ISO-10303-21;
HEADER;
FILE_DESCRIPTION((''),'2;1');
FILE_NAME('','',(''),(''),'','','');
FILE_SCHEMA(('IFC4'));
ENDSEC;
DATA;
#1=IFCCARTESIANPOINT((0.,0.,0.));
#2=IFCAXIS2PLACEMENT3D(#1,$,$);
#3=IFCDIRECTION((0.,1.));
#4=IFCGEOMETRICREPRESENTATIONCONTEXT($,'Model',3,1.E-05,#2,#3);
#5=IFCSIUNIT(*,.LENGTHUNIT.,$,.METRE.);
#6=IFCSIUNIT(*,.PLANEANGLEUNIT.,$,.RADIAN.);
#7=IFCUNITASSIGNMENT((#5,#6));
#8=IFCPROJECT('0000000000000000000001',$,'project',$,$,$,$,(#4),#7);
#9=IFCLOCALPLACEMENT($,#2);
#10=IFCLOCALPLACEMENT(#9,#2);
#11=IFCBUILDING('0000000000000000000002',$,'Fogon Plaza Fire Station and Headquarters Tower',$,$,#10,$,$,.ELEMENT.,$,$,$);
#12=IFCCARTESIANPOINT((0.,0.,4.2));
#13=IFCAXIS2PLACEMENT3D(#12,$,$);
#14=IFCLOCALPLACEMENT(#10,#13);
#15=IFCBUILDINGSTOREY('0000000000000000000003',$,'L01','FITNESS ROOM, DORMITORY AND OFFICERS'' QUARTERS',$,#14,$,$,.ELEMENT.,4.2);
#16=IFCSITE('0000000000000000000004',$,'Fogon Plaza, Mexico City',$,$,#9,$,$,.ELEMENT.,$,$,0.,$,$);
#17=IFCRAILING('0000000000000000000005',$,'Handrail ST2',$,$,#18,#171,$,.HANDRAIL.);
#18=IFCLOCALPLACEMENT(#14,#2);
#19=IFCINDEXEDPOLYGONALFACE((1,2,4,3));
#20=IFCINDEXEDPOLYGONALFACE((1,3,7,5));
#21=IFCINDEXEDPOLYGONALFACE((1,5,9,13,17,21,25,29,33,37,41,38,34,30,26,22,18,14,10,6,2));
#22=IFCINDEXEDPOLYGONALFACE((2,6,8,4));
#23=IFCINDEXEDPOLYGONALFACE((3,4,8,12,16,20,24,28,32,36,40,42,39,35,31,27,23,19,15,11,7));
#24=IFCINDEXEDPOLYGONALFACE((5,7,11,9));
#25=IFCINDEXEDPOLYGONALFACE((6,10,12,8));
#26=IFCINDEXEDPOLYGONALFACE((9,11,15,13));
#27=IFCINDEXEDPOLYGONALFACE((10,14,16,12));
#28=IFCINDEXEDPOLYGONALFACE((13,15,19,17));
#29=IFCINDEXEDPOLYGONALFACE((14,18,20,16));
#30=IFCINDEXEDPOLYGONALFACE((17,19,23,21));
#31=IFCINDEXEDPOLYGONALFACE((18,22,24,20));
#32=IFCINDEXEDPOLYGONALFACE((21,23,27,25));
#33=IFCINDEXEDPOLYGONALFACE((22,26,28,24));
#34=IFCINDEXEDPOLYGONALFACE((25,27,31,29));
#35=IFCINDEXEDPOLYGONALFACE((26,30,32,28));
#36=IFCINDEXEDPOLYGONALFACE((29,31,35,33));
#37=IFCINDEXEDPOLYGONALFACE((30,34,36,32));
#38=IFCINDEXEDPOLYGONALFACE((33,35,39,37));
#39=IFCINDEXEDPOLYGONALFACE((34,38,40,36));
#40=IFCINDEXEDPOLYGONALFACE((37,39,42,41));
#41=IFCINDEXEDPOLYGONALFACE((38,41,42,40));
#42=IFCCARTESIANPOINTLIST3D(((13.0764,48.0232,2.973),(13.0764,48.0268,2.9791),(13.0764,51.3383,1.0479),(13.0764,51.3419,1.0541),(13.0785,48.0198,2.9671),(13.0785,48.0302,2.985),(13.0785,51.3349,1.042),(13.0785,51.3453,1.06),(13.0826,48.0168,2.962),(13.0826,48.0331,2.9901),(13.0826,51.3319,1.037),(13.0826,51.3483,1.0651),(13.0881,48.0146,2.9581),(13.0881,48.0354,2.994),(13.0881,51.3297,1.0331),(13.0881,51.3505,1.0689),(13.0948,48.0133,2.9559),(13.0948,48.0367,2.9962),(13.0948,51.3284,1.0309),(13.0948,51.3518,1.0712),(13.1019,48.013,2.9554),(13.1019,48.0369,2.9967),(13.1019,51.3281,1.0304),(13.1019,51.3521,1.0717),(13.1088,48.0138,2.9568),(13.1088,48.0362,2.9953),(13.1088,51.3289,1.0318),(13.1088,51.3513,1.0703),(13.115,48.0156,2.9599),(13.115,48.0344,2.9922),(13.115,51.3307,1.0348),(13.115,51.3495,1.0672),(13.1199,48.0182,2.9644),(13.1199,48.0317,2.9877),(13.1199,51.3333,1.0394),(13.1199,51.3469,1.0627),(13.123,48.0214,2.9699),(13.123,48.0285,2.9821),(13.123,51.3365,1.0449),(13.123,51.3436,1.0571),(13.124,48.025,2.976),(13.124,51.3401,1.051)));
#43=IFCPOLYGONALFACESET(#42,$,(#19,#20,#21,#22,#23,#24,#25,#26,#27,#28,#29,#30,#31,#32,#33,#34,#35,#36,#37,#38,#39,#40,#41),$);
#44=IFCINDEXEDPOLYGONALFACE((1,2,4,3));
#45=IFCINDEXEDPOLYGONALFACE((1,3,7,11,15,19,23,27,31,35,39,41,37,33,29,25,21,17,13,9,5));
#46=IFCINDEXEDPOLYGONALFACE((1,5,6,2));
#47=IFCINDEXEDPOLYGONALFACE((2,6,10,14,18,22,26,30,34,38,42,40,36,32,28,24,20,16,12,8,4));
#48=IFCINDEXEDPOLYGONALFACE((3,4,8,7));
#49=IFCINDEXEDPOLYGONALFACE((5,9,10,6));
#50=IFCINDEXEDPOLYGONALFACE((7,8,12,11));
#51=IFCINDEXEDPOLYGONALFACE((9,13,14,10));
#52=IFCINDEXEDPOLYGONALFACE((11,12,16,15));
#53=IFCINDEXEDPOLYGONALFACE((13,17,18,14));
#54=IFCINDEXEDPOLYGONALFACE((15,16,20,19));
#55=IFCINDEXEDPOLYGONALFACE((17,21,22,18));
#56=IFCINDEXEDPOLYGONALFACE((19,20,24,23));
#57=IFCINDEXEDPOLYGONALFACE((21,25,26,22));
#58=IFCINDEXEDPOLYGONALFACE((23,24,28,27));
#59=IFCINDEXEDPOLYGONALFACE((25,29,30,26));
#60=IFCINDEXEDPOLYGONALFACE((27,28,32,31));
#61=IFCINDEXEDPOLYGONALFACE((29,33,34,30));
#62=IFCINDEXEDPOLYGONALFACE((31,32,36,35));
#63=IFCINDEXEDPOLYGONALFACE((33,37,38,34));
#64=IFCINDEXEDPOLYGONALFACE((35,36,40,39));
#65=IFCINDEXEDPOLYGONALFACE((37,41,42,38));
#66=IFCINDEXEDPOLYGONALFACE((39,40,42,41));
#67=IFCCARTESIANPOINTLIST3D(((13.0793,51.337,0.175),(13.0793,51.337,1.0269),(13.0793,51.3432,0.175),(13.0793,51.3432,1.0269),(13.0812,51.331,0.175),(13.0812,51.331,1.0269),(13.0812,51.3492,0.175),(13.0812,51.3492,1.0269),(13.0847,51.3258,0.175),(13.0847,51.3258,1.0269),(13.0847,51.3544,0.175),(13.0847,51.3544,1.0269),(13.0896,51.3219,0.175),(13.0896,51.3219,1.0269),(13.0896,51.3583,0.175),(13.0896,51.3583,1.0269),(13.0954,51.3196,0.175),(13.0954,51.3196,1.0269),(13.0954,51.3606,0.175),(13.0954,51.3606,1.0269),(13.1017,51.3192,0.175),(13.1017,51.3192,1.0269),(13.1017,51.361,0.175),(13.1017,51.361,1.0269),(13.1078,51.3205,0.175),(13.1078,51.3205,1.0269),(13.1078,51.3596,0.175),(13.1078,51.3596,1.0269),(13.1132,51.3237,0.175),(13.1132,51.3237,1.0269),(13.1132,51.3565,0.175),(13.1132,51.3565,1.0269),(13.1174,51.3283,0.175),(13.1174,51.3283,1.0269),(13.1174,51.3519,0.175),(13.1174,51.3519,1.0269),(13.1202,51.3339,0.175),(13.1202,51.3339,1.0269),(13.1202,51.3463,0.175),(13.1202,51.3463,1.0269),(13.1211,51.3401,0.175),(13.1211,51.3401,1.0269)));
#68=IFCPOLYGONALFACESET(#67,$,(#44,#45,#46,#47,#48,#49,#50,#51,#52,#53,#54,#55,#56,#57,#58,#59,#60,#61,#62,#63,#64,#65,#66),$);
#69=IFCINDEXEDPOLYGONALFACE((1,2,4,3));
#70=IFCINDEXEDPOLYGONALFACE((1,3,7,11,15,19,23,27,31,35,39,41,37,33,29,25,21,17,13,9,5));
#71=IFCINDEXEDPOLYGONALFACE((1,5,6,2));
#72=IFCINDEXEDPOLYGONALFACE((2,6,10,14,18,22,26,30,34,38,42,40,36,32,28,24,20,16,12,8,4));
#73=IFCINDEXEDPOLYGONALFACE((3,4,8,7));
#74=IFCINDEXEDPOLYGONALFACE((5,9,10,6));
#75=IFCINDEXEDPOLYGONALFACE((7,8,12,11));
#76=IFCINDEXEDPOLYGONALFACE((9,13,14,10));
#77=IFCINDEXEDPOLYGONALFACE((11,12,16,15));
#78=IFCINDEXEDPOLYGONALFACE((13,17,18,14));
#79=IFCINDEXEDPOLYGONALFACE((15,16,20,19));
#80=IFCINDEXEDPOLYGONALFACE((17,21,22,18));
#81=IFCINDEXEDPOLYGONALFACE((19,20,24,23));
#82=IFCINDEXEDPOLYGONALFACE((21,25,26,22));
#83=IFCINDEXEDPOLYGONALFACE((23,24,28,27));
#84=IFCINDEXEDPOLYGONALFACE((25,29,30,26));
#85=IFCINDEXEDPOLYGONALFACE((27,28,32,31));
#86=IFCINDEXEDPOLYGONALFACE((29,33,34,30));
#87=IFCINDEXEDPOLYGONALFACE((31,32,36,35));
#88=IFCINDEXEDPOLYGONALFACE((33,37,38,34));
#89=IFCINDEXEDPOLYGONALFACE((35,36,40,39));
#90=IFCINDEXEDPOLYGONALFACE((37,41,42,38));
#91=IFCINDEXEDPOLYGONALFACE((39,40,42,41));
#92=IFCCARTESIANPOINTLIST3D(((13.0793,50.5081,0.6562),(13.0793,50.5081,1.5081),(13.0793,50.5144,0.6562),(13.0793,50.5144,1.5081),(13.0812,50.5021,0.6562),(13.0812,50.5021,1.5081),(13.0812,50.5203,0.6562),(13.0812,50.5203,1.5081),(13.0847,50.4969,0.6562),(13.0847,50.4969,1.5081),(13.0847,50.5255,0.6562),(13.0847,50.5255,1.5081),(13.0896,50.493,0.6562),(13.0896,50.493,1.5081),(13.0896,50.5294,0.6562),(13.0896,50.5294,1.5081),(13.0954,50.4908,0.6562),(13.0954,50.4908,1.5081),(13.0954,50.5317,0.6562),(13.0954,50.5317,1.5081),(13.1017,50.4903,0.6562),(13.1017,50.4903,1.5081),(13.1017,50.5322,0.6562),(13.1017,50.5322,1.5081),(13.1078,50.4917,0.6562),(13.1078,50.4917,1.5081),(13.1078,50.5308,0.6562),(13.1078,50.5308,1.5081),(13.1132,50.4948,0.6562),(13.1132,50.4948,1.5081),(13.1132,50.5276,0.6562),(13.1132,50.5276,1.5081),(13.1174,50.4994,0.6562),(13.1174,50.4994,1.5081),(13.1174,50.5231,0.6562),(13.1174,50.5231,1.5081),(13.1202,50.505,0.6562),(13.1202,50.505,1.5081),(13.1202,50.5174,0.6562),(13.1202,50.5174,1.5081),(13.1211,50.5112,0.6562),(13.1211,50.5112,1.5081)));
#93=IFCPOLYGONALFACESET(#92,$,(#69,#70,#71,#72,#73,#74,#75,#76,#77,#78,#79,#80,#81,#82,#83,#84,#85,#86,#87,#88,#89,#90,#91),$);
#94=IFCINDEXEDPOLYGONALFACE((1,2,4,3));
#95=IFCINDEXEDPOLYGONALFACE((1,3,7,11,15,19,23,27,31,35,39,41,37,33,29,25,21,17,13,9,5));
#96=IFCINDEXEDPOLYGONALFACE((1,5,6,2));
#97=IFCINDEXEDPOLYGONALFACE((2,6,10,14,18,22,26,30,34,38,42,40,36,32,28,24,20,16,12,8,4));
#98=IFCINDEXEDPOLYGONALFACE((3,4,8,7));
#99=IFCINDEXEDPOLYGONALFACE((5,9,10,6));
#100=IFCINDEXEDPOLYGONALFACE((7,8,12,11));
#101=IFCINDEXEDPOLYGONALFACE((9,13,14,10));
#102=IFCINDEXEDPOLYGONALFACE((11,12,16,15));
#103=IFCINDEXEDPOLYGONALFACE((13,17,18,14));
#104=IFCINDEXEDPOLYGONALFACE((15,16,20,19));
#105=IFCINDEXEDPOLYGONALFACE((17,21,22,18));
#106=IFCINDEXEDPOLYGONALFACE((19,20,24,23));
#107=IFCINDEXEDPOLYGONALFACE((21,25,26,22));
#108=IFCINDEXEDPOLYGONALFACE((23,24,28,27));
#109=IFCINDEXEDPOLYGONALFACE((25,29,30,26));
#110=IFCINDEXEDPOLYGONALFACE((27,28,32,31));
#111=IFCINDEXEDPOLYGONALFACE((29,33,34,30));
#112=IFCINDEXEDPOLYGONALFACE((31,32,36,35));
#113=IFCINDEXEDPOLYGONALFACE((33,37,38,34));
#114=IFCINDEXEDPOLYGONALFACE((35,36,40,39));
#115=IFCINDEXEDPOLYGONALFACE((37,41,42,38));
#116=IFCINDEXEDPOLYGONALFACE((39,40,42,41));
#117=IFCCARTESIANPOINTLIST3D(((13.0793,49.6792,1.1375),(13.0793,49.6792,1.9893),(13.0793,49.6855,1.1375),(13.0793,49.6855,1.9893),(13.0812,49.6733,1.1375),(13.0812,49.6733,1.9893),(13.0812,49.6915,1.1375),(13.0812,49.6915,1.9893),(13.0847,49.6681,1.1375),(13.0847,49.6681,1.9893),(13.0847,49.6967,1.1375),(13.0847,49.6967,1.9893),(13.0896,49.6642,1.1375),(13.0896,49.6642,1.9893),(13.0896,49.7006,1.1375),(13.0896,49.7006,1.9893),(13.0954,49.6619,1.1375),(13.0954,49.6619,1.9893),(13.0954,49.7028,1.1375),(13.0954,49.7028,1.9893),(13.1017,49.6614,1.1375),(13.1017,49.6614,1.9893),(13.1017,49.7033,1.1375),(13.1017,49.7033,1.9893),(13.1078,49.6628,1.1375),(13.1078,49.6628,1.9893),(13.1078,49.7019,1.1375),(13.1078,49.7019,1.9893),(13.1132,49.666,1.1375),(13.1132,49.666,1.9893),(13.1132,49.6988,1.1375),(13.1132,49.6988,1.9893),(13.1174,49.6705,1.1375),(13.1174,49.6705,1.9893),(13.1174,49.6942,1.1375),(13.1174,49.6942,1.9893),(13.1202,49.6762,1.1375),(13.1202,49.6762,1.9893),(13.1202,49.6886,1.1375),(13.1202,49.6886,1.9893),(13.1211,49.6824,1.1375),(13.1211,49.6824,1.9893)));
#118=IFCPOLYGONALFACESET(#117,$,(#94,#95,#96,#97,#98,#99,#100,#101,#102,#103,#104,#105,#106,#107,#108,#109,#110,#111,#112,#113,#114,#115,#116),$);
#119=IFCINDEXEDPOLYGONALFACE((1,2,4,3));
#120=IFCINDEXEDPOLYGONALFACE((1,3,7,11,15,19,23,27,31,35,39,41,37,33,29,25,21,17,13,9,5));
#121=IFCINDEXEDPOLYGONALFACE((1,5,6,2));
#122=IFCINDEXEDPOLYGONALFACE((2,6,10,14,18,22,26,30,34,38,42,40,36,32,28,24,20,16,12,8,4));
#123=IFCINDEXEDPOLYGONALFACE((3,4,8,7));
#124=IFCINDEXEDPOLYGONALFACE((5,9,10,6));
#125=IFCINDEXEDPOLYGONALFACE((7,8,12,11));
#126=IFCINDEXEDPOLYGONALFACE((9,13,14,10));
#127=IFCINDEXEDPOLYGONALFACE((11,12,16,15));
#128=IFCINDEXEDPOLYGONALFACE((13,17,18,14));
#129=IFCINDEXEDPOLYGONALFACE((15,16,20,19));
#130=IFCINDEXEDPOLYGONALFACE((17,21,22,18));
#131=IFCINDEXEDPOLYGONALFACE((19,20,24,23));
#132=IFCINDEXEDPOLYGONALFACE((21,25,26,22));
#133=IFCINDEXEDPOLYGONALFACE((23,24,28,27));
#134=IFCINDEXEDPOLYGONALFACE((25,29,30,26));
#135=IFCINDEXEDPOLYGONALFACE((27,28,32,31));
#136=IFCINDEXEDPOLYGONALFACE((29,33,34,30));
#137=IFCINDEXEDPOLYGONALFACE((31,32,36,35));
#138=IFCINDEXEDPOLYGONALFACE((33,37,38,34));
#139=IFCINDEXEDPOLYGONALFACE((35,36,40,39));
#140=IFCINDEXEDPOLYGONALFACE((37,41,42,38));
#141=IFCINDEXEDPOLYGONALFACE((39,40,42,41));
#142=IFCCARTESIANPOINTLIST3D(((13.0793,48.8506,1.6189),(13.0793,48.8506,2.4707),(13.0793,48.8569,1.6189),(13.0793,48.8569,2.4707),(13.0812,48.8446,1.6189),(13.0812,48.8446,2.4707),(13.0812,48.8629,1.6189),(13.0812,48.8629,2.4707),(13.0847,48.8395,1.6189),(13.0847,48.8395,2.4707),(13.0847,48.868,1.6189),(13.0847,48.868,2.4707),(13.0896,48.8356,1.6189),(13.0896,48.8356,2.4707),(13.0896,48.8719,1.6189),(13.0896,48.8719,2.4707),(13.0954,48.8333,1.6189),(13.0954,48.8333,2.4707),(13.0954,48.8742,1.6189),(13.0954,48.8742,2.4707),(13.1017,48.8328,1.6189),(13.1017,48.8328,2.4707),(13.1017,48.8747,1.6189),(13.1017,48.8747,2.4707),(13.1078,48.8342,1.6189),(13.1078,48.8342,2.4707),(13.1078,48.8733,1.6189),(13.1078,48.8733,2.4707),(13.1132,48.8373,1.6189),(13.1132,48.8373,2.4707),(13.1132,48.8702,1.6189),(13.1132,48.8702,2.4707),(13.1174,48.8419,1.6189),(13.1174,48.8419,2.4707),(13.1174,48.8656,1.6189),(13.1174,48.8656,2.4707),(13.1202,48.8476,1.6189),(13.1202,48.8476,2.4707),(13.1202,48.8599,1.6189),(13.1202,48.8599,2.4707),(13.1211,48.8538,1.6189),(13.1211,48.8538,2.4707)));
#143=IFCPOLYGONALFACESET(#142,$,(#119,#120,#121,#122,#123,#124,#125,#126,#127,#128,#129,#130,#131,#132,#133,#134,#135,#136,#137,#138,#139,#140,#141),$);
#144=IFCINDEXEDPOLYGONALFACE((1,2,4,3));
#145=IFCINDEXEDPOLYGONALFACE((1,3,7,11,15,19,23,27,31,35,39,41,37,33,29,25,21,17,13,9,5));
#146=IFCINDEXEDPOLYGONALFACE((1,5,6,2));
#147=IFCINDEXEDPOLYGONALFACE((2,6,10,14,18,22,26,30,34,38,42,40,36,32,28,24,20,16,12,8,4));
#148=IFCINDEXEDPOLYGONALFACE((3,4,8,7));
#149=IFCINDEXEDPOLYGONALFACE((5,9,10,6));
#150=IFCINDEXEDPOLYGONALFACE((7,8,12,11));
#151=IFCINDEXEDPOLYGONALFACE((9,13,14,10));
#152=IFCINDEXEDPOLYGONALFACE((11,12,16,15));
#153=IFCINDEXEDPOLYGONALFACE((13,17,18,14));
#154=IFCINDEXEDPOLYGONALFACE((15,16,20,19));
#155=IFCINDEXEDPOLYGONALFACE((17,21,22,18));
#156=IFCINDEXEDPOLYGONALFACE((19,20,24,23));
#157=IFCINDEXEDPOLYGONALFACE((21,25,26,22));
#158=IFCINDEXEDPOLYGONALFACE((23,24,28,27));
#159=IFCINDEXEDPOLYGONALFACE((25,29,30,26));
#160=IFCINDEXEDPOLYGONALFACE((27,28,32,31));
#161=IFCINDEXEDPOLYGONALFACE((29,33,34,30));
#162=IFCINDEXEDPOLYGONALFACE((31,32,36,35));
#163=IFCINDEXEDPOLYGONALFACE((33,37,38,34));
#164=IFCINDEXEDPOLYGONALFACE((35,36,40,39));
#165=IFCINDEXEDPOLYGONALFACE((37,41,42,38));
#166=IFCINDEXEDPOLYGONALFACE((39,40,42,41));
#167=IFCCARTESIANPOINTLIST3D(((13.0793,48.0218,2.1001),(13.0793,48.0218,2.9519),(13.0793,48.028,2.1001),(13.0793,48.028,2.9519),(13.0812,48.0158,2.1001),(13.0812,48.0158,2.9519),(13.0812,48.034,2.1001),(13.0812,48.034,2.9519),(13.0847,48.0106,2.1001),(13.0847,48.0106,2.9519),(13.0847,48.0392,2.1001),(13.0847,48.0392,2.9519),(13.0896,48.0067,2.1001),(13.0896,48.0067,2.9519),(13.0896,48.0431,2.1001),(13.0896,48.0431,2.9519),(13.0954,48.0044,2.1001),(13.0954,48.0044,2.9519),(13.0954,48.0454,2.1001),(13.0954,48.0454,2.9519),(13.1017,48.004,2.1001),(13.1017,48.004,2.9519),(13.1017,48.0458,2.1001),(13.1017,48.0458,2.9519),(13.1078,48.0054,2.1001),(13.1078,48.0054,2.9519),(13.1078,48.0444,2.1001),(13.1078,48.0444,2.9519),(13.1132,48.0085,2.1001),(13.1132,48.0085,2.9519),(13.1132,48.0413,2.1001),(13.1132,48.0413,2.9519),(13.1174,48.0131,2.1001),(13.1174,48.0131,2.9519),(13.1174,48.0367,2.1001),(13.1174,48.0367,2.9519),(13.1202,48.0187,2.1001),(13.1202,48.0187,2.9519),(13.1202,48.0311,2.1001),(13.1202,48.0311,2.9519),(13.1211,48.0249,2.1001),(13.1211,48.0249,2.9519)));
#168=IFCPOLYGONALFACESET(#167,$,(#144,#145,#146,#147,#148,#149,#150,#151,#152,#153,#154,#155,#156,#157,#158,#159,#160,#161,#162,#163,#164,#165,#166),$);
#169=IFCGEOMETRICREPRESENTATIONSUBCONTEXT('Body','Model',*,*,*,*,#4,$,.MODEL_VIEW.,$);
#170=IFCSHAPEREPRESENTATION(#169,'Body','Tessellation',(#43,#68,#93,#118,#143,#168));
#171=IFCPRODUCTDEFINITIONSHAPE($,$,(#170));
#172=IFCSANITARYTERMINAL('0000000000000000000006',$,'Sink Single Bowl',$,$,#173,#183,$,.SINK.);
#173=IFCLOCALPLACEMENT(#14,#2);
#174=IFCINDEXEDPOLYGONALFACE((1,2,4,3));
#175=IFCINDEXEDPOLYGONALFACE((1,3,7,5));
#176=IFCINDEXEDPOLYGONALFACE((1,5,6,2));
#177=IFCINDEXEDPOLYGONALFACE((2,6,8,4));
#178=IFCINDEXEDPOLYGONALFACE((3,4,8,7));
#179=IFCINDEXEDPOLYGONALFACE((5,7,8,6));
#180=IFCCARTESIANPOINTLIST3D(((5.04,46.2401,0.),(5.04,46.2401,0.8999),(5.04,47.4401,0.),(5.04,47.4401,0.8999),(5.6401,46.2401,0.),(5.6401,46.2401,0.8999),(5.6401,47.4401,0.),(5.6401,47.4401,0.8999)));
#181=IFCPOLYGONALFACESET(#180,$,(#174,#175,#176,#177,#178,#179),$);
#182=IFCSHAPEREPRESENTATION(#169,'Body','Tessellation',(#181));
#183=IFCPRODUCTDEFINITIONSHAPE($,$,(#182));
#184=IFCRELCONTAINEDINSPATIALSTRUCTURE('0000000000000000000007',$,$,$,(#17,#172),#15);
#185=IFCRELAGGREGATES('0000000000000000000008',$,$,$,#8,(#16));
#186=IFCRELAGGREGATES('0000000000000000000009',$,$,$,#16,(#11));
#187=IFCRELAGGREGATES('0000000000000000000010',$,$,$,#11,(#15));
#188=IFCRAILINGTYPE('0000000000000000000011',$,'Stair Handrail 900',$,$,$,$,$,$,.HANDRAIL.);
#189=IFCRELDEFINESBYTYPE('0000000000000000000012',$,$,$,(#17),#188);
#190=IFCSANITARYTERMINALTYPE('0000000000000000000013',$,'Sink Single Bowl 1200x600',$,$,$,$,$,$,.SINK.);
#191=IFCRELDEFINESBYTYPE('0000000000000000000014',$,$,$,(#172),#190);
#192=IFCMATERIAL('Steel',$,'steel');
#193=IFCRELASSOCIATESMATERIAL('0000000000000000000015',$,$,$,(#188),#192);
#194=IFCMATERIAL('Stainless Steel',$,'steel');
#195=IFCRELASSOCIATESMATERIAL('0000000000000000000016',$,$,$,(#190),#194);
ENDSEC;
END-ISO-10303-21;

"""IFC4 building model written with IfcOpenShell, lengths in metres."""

from ifc_helpers import new_model, si_unit, direction, frame, origin, origin_2d, place, context, subcontext, project, spatial, rectangle, circle, extrude, material, type_object, element, save


model = new_model("IFC4")

# Units and contexts
model_context = context("Model", 3, precision=1e-05, world=origin(), true_north=direction((0.0, 1.0)))
body_context = subcontext(model_context, "Body", "Model", "MODEL_VIEW")
ifc_project = project(units=[si_unit("LENGTHUNIT", "METRE"), si_unit("PLANEANGLEUNIT", "RADIAN")], contexts=[model_context])

# Site, building, storey
site_placement = place(None, origin())
site = spatial("IfcSite", under=ifc_project, at=site_placement, Name="Fogon Plaza, Mexico City", CompositionType="ELEMENT", RefElevation=0.0)
building_placement = place(site_placement, origin())
building = spatial("IfcBuilding", under=site, at=building_placement, Name="Fogon Plaza Fire Station and Headquarters Tower", CompositionType="ELEMENT")
storey_placement = place(building_placement, frame((0.0, 0.0, 4.2)))
storey = spatial("IfcBuildingStorey", under=building, at=storey_placement, Name="L01", Description="FITNESS ROOM, DORMITORY AND OFFICERS' QUARTERS", CompositionType="ELEMENT", Elevation=4.2)

# Railing
ifc_material_1 = material(Name="Steel", Category="steel")
railing_type = type_object("IfcRailingType", Name="Stair Handrail 900", PredefinedType="HANDRAIL", material=ifc_material_1)
railing_placement = place(storey_placement, frame((13.1001, 51.3401, 0.175)))
element("IfcRailing", 1, at=railing_placement, inside=storey, type_object=railing_type, Name="Handrail ST2", PredefinedType="HANDRAIL", context=body_context, shape_type="SweptSolid", body=[
    extrude(circle(Radius=0.0239, at=origin_2d()), frame((0.0, 0.0, 0.876), z_axis=(0.0, -0.864777, 0.502155), x_axis=(1.0, 0.0, 0.0)), (0.0, 0.0, 1.0), 3.8335),
    extrude(circle(Radius=0.021, at=origin_2d()), origin(), (0.0, 0.0, 1.0), 0.8518),
    extrude(circle(Radius=0.021, at=origin_2d()), frame((0.0, -0.8289, 0.4812)), (0.0, 0.0, 1.0), 0.8518),
    extrude(circle(Radius=0.021, at=origin_2d()), frame((0.0, -1.6577, 0.9624)), (0.0, 0.0, 1.0), 0.8518),
    extrude(circle(Radius=0.021, at=origin_2d()), frame((0.0, -2.4863, 1.4438)), (0.0, 0.0, 1.0), 0.8518),
    extrude(circle(Radius=0.021, at=origin_2d()), frame((0.0, -3.3152, 1.925)), (0.0, 0.0, 1.0), 0.8518),
])

# Sanitary terminal
ifc_material_2 = material(Name="Stainless Steel", Category="steel")
sanitary_terminal_type = type_object("IfcSanitaryTerminalType", Name="Sink Single Bowl 1200x600", PredefinedType="SINK", material=ifc_material_2)
sanitary_terminal_placement = place(storey_placement, frame((5.3401, 46.8401, 0.0), z_axis=(0.0, 0.0, 1.0), x_axis=(1.0, 0.0, 0.0)))
element("IfcSanitaryTerminal", 2, at=sanitary_terminal_placement, inside=storey, type_object=sanitary_terminal_type, Name="Sink Single Bowl", PredefinedType="SINK", context=body_context, shape_type="SweptSolid", body=[
    extrude(rectangle(XDim=0.6001, YDim=1.2, at=origin_2d()), origin(), (0.0, 0.0, 1.0), 0.8999),
])

save(model, "model.ifc")
